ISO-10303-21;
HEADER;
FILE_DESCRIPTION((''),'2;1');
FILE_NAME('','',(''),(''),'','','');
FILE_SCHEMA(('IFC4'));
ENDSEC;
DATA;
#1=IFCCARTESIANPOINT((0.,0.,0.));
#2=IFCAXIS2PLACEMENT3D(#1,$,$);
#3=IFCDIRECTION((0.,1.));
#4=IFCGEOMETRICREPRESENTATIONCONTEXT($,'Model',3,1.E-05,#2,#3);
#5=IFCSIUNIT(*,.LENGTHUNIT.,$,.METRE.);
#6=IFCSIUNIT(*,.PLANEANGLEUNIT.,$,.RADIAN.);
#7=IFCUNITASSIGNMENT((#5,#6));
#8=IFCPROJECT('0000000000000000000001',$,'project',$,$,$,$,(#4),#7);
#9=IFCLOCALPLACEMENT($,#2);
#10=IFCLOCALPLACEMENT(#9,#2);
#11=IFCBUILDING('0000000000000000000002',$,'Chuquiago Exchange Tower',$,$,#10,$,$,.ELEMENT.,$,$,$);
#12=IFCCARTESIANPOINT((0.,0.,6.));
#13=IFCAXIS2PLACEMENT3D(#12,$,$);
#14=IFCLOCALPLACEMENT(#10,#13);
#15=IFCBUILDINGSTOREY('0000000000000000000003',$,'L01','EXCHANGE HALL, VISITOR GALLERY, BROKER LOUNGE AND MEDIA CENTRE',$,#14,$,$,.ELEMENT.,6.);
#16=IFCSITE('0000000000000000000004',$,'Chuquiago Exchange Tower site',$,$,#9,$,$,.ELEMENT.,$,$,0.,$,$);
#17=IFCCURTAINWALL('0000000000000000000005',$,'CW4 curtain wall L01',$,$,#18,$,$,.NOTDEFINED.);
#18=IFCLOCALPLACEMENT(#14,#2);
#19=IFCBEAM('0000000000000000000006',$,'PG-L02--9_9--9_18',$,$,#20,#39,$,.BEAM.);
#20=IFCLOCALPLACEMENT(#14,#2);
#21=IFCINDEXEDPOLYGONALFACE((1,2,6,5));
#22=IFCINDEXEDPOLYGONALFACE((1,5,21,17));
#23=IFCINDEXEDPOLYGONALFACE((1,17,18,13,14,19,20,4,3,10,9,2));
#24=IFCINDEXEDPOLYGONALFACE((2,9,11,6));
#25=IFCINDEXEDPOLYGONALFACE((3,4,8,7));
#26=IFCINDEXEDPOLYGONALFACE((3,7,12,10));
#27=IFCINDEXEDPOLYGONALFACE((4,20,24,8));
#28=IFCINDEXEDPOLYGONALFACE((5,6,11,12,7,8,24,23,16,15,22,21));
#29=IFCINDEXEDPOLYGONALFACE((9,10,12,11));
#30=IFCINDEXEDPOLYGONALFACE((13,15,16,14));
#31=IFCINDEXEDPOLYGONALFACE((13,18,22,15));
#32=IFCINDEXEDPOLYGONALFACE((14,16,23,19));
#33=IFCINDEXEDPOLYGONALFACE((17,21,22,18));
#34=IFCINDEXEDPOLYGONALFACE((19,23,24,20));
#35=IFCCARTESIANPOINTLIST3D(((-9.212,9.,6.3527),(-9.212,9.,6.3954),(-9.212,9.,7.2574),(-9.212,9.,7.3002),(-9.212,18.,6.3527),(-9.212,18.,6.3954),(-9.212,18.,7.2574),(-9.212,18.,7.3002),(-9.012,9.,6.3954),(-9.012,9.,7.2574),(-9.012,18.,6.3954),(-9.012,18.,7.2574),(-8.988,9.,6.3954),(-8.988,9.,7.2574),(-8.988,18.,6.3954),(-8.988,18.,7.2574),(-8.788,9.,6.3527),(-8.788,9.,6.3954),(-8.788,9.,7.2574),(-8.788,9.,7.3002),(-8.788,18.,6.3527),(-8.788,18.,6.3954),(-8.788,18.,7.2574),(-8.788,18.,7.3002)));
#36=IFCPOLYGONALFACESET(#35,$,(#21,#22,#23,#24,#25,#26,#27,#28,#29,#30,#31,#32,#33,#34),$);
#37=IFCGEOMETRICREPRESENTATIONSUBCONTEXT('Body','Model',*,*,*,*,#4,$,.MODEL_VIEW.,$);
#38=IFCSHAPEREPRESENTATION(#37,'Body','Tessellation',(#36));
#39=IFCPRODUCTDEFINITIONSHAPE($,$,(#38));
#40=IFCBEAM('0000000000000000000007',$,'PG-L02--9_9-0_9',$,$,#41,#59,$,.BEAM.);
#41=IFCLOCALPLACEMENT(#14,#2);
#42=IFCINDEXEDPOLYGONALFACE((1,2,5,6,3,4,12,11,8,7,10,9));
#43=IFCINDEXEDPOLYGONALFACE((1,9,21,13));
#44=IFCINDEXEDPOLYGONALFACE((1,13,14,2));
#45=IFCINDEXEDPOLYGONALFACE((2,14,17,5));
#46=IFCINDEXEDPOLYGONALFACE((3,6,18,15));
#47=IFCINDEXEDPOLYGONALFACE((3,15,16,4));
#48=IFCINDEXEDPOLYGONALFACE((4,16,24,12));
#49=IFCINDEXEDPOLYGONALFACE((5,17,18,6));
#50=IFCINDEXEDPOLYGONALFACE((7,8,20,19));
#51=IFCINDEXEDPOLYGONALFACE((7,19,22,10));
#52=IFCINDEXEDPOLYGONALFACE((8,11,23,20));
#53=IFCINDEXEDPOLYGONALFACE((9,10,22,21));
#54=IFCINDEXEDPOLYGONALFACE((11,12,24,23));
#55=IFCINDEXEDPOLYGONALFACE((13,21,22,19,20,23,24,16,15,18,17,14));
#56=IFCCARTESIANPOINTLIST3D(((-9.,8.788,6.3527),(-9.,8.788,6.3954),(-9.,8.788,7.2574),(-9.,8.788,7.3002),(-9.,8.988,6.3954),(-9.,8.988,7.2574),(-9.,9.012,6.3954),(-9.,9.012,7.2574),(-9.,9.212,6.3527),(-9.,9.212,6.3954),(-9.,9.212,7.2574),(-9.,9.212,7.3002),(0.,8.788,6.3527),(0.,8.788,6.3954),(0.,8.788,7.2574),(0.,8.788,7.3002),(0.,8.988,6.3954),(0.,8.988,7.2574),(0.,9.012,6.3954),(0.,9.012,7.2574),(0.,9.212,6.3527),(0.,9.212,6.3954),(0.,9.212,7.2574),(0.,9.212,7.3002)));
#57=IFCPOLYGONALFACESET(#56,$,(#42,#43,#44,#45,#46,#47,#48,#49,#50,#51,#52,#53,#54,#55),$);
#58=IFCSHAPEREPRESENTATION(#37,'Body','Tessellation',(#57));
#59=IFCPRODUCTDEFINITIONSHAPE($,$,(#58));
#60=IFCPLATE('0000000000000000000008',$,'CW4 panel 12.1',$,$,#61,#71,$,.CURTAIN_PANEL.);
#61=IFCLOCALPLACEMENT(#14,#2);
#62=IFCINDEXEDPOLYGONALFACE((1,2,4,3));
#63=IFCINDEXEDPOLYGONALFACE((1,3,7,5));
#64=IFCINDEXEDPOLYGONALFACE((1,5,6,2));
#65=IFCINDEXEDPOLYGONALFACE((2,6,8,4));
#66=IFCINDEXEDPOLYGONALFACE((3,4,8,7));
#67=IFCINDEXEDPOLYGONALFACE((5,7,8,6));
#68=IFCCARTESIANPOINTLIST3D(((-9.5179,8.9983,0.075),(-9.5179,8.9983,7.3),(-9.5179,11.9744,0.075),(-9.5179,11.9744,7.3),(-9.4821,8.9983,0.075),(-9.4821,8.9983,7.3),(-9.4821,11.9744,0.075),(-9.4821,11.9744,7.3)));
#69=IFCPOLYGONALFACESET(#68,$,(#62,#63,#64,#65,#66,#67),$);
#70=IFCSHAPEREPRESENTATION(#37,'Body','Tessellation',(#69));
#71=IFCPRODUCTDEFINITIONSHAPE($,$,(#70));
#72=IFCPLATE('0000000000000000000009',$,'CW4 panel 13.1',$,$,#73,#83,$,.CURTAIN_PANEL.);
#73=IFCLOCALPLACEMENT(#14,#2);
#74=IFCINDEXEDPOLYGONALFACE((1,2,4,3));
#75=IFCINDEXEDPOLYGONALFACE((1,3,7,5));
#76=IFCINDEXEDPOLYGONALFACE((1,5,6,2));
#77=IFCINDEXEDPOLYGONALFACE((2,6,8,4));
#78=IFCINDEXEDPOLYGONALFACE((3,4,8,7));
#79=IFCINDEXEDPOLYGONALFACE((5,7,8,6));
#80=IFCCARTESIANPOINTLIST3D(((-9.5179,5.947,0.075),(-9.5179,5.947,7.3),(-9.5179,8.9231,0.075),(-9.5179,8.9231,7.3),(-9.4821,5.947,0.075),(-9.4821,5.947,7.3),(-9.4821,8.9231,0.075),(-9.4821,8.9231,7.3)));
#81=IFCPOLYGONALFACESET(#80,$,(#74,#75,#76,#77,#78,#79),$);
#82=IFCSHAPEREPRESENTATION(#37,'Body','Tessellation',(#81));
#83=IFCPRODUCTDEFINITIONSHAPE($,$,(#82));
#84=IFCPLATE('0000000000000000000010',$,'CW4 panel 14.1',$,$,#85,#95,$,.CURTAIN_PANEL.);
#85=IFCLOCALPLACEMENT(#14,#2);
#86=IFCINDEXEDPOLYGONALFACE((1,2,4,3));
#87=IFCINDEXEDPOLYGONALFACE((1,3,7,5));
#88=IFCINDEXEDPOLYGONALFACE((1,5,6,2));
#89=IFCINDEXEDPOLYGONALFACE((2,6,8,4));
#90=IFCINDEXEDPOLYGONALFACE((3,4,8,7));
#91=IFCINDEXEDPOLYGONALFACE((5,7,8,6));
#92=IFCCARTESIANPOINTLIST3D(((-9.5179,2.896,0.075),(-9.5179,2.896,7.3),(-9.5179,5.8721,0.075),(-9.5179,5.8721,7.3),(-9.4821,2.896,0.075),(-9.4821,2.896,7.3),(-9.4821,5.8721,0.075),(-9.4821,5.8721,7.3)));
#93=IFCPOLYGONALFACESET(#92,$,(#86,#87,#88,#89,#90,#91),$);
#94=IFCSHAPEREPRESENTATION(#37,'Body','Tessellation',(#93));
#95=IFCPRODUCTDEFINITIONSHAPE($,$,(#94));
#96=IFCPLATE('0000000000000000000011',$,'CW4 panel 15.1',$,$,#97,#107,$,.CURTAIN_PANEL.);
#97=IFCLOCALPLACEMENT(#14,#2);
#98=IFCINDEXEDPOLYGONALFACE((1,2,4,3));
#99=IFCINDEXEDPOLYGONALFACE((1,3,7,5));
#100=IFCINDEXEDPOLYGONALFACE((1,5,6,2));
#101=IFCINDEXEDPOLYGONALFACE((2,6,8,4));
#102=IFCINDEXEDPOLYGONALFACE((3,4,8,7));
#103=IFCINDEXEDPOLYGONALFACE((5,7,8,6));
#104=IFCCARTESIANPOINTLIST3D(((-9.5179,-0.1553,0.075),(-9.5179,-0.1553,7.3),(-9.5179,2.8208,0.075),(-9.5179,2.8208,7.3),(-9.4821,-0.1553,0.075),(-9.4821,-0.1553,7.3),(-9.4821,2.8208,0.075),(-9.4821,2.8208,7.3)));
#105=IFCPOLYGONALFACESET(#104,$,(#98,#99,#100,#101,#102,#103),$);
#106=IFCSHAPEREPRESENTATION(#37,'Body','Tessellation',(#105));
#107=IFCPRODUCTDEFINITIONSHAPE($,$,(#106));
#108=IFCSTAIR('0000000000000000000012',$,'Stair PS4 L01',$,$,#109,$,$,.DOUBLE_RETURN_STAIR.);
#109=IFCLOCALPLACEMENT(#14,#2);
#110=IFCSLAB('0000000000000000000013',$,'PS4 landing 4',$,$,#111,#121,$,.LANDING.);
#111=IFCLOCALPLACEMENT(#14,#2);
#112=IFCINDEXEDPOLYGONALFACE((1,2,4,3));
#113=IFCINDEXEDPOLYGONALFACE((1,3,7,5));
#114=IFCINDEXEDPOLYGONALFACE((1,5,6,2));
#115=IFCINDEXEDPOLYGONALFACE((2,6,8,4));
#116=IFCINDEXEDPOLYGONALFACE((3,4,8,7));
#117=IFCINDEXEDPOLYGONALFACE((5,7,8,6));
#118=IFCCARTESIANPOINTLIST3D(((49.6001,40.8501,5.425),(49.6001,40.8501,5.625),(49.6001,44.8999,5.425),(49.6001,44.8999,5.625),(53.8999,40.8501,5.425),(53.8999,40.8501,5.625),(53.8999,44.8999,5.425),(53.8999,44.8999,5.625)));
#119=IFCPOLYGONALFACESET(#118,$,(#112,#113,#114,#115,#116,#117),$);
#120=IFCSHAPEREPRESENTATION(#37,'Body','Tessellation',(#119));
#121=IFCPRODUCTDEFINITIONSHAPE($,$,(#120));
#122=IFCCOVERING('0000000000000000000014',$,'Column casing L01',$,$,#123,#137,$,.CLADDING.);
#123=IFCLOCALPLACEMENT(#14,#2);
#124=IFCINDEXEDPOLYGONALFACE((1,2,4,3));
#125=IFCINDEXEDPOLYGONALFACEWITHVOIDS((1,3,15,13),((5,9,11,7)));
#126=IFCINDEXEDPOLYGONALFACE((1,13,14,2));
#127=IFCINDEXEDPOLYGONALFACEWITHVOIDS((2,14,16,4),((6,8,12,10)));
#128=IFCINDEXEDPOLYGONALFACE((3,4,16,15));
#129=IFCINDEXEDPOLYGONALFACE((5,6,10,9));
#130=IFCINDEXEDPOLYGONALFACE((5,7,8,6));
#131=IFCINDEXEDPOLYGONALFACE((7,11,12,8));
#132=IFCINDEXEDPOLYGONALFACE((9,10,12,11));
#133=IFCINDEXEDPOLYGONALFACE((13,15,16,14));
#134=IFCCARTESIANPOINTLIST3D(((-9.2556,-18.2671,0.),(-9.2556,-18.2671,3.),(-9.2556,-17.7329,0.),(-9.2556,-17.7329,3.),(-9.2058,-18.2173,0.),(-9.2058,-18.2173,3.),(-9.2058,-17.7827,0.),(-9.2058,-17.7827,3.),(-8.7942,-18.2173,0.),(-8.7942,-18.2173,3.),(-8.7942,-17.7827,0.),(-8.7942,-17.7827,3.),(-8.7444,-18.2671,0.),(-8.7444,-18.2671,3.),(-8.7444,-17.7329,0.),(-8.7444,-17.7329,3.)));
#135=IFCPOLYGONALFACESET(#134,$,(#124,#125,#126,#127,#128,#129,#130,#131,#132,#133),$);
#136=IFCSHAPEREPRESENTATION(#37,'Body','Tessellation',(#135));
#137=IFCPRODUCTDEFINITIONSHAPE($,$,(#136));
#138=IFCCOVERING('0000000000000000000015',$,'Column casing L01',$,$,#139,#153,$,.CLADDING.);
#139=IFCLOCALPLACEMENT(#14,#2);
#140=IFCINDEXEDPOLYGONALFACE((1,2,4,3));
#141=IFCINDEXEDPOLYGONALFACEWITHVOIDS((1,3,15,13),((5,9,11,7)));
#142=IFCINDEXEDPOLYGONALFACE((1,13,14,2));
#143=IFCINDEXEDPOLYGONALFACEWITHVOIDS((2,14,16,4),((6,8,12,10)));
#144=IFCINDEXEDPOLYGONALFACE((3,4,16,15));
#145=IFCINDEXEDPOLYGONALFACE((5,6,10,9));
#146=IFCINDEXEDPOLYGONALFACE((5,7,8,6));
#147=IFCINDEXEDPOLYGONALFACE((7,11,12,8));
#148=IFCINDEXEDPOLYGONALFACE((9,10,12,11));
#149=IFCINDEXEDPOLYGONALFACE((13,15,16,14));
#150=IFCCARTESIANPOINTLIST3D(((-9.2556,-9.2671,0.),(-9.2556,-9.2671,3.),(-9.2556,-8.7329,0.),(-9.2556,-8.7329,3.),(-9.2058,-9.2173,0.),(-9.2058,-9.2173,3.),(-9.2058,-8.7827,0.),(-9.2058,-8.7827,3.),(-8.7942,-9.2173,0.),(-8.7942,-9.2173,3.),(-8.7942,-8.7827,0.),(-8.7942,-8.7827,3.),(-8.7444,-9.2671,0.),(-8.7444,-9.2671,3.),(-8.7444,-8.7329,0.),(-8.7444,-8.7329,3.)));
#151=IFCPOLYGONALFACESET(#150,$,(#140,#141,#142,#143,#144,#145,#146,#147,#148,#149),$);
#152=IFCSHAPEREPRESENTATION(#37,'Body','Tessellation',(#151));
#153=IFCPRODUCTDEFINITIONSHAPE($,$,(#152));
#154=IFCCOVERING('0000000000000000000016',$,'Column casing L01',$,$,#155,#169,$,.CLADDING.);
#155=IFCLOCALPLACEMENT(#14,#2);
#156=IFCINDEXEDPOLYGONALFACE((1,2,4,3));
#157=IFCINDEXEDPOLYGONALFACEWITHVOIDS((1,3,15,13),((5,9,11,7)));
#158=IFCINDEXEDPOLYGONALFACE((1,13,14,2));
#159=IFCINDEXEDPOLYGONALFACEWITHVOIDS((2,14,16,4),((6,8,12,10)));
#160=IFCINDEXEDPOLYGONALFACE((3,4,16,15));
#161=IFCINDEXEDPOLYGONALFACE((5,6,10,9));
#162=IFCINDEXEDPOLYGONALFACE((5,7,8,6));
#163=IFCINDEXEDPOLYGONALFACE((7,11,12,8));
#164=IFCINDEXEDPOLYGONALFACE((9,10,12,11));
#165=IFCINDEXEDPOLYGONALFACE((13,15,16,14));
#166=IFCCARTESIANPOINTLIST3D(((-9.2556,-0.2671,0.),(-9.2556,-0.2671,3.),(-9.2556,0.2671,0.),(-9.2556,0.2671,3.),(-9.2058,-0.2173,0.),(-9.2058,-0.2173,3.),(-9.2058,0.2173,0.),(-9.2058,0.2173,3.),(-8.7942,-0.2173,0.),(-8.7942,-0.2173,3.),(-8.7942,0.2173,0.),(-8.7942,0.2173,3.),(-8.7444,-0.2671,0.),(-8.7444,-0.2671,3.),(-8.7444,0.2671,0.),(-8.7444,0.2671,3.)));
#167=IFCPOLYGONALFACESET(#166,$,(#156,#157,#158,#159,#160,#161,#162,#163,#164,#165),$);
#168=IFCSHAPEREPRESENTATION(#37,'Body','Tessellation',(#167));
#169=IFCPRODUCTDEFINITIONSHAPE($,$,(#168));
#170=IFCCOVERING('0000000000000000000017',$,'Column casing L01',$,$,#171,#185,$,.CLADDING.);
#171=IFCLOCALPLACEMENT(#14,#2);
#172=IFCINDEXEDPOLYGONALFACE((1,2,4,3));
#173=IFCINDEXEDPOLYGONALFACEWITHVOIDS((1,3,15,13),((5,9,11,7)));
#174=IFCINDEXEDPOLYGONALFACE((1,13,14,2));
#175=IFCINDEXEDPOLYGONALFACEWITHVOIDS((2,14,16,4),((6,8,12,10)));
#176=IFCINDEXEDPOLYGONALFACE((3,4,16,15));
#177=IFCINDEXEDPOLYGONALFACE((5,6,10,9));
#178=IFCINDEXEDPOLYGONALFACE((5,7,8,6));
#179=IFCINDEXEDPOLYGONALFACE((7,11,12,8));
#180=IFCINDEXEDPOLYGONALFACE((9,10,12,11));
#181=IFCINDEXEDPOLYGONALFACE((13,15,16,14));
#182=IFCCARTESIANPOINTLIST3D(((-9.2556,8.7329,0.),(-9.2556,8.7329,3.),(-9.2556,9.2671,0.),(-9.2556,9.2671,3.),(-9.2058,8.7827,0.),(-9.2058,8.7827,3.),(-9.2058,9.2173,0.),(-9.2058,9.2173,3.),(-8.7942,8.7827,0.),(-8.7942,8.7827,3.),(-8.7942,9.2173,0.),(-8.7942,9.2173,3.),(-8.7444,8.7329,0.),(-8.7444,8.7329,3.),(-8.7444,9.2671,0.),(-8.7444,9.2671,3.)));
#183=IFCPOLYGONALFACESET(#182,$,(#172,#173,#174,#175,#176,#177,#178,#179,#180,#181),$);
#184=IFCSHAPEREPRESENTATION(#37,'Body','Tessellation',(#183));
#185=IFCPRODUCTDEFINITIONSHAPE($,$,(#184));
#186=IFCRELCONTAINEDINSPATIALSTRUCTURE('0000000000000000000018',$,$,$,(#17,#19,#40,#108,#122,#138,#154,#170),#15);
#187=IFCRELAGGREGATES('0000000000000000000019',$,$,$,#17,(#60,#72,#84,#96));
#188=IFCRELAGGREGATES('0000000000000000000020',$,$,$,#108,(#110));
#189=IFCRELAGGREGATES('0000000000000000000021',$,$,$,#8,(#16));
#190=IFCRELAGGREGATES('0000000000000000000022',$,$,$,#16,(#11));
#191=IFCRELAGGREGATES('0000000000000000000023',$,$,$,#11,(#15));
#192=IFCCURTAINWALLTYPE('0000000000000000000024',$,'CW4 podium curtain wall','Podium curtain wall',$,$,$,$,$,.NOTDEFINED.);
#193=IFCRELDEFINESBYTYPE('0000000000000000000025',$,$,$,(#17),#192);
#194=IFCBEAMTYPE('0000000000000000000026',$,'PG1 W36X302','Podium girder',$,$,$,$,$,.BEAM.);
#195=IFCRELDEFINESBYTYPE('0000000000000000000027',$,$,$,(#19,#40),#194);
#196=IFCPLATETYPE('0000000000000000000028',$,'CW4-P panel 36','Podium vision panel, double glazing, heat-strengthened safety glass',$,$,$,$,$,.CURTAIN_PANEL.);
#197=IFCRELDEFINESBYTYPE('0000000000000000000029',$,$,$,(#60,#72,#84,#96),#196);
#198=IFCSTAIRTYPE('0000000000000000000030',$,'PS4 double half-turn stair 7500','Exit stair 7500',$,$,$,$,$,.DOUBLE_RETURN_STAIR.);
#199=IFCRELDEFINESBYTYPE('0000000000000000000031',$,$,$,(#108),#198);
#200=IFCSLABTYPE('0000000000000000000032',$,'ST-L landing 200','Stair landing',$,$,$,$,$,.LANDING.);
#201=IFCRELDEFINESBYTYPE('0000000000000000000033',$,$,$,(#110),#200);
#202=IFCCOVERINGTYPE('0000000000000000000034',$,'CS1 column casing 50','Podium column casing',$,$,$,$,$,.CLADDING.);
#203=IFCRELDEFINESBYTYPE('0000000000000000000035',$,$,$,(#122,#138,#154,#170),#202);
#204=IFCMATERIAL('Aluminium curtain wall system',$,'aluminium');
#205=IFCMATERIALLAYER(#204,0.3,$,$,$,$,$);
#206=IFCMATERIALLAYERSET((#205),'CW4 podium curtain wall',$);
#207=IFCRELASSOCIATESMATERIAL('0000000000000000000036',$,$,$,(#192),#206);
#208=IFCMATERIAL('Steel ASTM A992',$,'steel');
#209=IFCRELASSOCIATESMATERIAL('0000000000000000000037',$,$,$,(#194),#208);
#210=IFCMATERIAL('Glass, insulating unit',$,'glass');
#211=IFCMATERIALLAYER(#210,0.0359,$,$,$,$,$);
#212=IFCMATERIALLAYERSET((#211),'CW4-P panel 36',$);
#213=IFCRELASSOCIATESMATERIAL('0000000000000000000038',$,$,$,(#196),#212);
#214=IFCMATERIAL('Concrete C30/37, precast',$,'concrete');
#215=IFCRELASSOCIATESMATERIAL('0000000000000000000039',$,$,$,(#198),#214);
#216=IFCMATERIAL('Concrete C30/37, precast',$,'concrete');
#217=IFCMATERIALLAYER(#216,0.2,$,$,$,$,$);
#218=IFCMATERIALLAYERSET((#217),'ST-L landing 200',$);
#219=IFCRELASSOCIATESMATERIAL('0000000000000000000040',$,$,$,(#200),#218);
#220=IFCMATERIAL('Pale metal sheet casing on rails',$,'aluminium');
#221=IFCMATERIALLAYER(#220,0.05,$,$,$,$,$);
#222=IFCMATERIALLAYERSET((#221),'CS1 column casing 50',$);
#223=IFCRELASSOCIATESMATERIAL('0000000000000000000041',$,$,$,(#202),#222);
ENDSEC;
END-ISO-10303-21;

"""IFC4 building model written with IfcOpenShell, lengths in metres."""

from ifc_helpers import new_model, si_unit, direction, frame, origin, origin_2d, place, context, subcontext, project, spatial, polyline, rectangle, i_section, outline, extrude, material, layer, layer_set, material_profile, profile_set, type_object, element, aggregate, save


model = new_model("IFC4")

# Units and contexts
model_context = context("Model", 3, precision=1e-05, world=origin(), true_north=direction((0.0, 1.0)))
body_context = subcontext(model_context, "Body", "Model", "MODEL_VIEW")
ifc_project = project(units=[si_unit("LENGTHUNIT", "METRE"), si_unit("PLANEANGLEUNIT", "RADIAN")], contexts=[model_context])

# Site, building, storey
site_placement = place(None, origin())
site = spatial("IfcSite", under=ifc_project, at=site_placement, Name="Chuquiago Exchange Tower site", CompositionType="ELEMENT", RefElevation=0.0)
building_placement = place(site_placement, origin())
building = spatial("IfcBuilding", under=site, at=building_placement, Name="Chuquiago Exchange Tower", CompositionType="ELEMENT")
storey_placement = place(building_placement, frame((0.0, 0.0, 6.0)))
storey = spatial("IfcBuildingStorey", under=building, at=storey_placement, Name="L01", Description="EXCHANGE HALL, VISITOR GALLERY, BROKER LOUNGE AND MEDIA CENTRE", CompositionType="ELEMENT", Elevation=6.0)

# Curtain wall
ifc_material_1 = material(Name="Aluminium curtain wall system", Category="aluminium")
ifc_layer_1 = layer(ifc_material_1, 0.3)
ifc_layer_set_1 = layer_set([ifc_layer_1], Name="CW4 podium curtain wall")
curtain_wall_type = type_object("IfcCurtainWallType", Name="CW4 podium curtain wall", Description="Podium curtain wall", PredefinedType="NOTDEFINED", material=ifc_layer_set_1)
curtain_wall_placement = place(storey_placement, origin())
curtain_wall = element("IfcCurtainWall", 1, at=curtain_wall_placement, inside=storey, type_object=curtain_wall_type, Name="CW4 curtain wall L01", PredefinedType="NOTDEFINED")

# Beams
ifc_material_2 = material(Name="Steel ASTM A992", Category="steel")
ifc_material_profile_1 = material_profile(ifc_material_2, i_section(OverallWidth=0.4241, OverallDepth=0.9475, WebThickness=0.0239, FlangeThickness=0.0427, at=origin_2d()), Name="W36X302")
ifc_profile_set_1 = profile_set([ifc_material_profile_1], Name="Steel ASTM A992")
beam_type_1 = type_object("IfcBeamType", Name="PG1 W36X302", Description="Podium girder", PredefinedType="BEAM", material=ifc_profile_set_1)
for number, where, z_axis, x_axis, name in (
    (2, (-9.0, 9.0, 6.8264), (0.0, 1.0, 0.0), (-1.0, 0.0, 0.0), "PG-L02--9_9--9_18"),
    (3, (-9.0, 9.0, 6.8264), (1.0, 0.0, 0.0), (0.0, 1.0, 0.0), "PG-L02--9_9-0_9"),
):
    element("IfcBeam", number, at=place(storey_placement, frame(where, z_axis=z_axis, x_axis=x_axis)), inside=storey, type_object=beam_type_1, Name=name, PredefinedType="BEAM", context=body_context, shape_type="SweptSolid", body=[
        extrude(i_section(OverallWidth=0.4241, OverallDepth=0.9475, WebThickness=0.0239, FlangeThickness=0.0427, at=origin_2d()), origin(), (0.0, 0.0, 1.0), 9.0),
    ])

# Plates
ifc_material_3 = material(Name="Glass, insulating unit", Category="glass")
ifc_layer_2 = layer(ifc_material_3, 0.0359)
ifc_layer_set_2 = layer_set([ifc_layer_2], Name="CW4-P panel 36")
plate_type = type_object("IfcPlateType", Name="CW4-P panel 36", Description="Podium vision panel, double glazing, heat-strengthened safety glass", PredefinedType="CURTAIN_PANEL", material=ifc_layer_set_2)
plate_1_placement = place(storey_placement, frame((-9.5, 10.4863, 0.075), z_axis=(0.0, 0.0, 1.0), x_axis=(0.0, -1.0, 0.0)))
plate_1 = element("IfcPlate", 4, at=plate_1_placement, type_object=plate_type, Name="CW4 panel 12.1", PredefinedType="CURTAIN_PANEL", context=body_context, shape_type="SweptSolid", body=[
    extrude(rectangle(XDim=2.9761, YDim=0.0359, at=origin_2d()), origin(), (0.0, 0.0, 1.0), 7.2251),
])
plate_2_placement = place(storey_placement, frame((-9.5, 7.4351, 0.075), z_axis=(0.0, 0.0, 1.0), x_axis=(0.0, -1.0, 0.0)))
plate_2 = element("IfcPlate", 5, at=plate_2_placement, type_object=plate_type, Name="CW4 panel 13.1", PredefinedType="CURTAIN_PANEL", context=body_context, shape_type="SweptSolid", body=[
    extrude(rectangle(XDim=2.9761, YDim=0.0359, at=origin_2d()), origin(), (0.0, 0.0, 1.0), 7.2251),
])
plate_3_placement = place(storey_placement, frame((-9.5, 4.384, 0.075), z_axis=(0.0, 0.0, 1.0), x_axis=(0.0, -1.0, 0.0)))
plate_3 = element("IfcPlate", 6, at=plate_3_placement, type_object=plate_type, Name="CW4 panel 14.1", PredefinedType="CURTAIN_PANEL", context=body_context, shape_type="SweptSolid", body=[
    extrude(rectangle(XDim=2.9761, YDim=0.0359, at=origin_2d()), origin(), (0.0, 0.0, 1.0), 7.2251),
])
plate_4_placement = place(storey_placement, frame((-9.5, 1.3328, 0.075), z_axis=(0.0, 0.0, 1.0), x_axis=(0.0, -1.0, 0.0)))
plate_4 = element("IfcPlate", 7, at=plate_4_placement, type_object=plate_type, Name="CW4 panel 15.1", PredefinedType="CURTAIN_PANEL", context=body_context, shape_type="SweptSolid", body=[
    extrude(rectangle(XDim=2.9761, YDim=0.0359, at=origin_2d()), origin(), (0.0, 0.0, 1.0), 7.2251),
])
aggregate(curtain_wall, [plate_1, plate_2, plate_3, plate_4])

# Stair, slab
ifc_material_4 = material(Name="Concrete C30/37, precast", Category="concrete")
stair_type = type_object("IfcStairType", Name="PS4 double half-turn stair 7500", Description="Exit stair 7500", PredefinedType="DOUBLE_RETURN_STAIR", material=ifc_material_4)
stair_placement = place(storey_placement, origin())
stair = element("IfcStair", 8, at=stair_placement, inside=storey, type_object=stair_type, Name="Stair PS4 L01", PredefinedType="DOUBLE_RETURN_STAIR")
ifc_material_5 = material(Name="Concrete C30/37, precast", Category="concrete")
ifc_layer_3 = layer(ifc_material_5, 0.2)
ifc_layer_set_3 = layer_set([ifc_layer_3], Name="ST-L landing 200")
slab_type = type_object("IfcSlabType", Name="ST-L landing 200", Description="Stair landing", PredefinedType="LANDING", material=ifc_layer_set_3)
slab_placement = place(storey_placement, frame((0.0, 0.0, 5.425)))
slab = element("IfcSlab", 9, at=slab_placement, type_object=slab_type, Name="PS4 landing 4", PredefinedType="LANDING", context=body_context, shape_type="SweptSolid", body=[
    extrude(outline(polyline([(49.6001, 44.8999), (53.8999, 44.8999), (53.8999, 40.8501), (49.6001, 40.8501), (49.6001, 44.8999)])), origin(), (0.0, 0.0, 1.0), 0.2),
])
aggregate(stair, [slab])

# Coverings
ifc_material_6 = material(Name="Pale metal sheet casing on rails", Category="aluminium")
ifc_layer_4 = layer(ifc_material_6, 0.05)
ifc_layer_set_4 = layer_set([ifc_layer_4], Name="CS1 column casing 50")
covering_type = type_object("IfcCoveringType", Name="CS1 column casing 50", Description="Podium column casing", PredefinedType="CLADDING", material=ifc_layer_set_4)
covering_1_placement = place(storey_placement, origin())
element("IfcCovering", 10, at=covering_1_placement, inside=storey, type_object=covering_type, Name="Column casing L01", PredefinedType="CLADDING", context=body_context, shape_type="SweptSolid", body=[
    extrude(outline(polyline([(-9.2556, -18.2671), (-8.7444, -18.2671), (-8.7444, -17.7329), (-9.2556, -17.7329), (-9.2556, -18.2671)]), holes=[polyline([(-9.2058, -18.2173), (-9.2058, -17.7827), (-8.7942, -17.7827), (-8.7942, -18.2173), (-9.2058, -18.2173)])]), origin(), (0.0, 0.0, 1.0), 3.0),
])
covering_2_placement = place(storey_placement, origin())
element("IfcCovering", 11, at=covering_2_placement, inside=storey, type_object=covering_type, Name="Column casing L01", PredefinedType="CLADDING", context=body_context, shape_type="SweptSolid", body=[
    extrude(outline(polyline([(-9.2556, -9.2671), (-8.7444, -9.2671), (-8.7444, -8.7329), (-9.2556, -8.7329), (-9.2556, -9.2671)]), holes=[polyline([(-9.2058, -9.2173), (-9.2058, -8.7827), (-8.7942, -8.7827), (-8.7942, -9.2173), (-9.2058, -9.2173)])]), origin(), (0.0, 0.0, 1.0), 3.0),
])
covering_3_placement = place(storey_placement, origin())
element("IfcCovering", 12, at=covering_3_placement, inside=storey, type_object=covering_type, Name="Column casing L01", PredefinedType="CLADDING", context=body_context, shape_type="SweptSolid", body=[
    extrude(outline(polyline([(-9.2556, -0.2671), (-8.7444, -0.2671), (-8.7444, 0.2671), (-9.2556, 0.2671), (-9.2556, -0.2671)]), holes=[polyline([(-9.2058, -0.2173), (-9.2058, 0.2173), (-8.7942, 0.2173), (-8.7942, -0.2173), (-9.2058, -0.2173)])]), origin(), (0.0, 0.0, 1.0), 3.0),
])
covering_4_placement = place(storey_placement, origin())
element("IfcCovering", 13, at=covering_4_placement, inside=storey, type_object=covering_type, Name="Column casing L01", PredefinedType="CLADDING", context=body_context, shape_type="SweptSolid", body=[
    extrude(outline(polyline([(-9.2556, 8.7329), (-8.7444, 8.7329), (-8.7444, 9.2671), (-9.2556, 9.2671), (-9.2556, 8.7329)]), holes=[polyline([(-9.2058, 8.7827), (-9.2058, 9.2173), (-8.7942, 9.2173), (-8.7942, 8.7827), (-9.2058, 8.7827)])]), origin(), (0.0, 0.0, 1.0), 3.0),
])

save(model, "model.ifc")
